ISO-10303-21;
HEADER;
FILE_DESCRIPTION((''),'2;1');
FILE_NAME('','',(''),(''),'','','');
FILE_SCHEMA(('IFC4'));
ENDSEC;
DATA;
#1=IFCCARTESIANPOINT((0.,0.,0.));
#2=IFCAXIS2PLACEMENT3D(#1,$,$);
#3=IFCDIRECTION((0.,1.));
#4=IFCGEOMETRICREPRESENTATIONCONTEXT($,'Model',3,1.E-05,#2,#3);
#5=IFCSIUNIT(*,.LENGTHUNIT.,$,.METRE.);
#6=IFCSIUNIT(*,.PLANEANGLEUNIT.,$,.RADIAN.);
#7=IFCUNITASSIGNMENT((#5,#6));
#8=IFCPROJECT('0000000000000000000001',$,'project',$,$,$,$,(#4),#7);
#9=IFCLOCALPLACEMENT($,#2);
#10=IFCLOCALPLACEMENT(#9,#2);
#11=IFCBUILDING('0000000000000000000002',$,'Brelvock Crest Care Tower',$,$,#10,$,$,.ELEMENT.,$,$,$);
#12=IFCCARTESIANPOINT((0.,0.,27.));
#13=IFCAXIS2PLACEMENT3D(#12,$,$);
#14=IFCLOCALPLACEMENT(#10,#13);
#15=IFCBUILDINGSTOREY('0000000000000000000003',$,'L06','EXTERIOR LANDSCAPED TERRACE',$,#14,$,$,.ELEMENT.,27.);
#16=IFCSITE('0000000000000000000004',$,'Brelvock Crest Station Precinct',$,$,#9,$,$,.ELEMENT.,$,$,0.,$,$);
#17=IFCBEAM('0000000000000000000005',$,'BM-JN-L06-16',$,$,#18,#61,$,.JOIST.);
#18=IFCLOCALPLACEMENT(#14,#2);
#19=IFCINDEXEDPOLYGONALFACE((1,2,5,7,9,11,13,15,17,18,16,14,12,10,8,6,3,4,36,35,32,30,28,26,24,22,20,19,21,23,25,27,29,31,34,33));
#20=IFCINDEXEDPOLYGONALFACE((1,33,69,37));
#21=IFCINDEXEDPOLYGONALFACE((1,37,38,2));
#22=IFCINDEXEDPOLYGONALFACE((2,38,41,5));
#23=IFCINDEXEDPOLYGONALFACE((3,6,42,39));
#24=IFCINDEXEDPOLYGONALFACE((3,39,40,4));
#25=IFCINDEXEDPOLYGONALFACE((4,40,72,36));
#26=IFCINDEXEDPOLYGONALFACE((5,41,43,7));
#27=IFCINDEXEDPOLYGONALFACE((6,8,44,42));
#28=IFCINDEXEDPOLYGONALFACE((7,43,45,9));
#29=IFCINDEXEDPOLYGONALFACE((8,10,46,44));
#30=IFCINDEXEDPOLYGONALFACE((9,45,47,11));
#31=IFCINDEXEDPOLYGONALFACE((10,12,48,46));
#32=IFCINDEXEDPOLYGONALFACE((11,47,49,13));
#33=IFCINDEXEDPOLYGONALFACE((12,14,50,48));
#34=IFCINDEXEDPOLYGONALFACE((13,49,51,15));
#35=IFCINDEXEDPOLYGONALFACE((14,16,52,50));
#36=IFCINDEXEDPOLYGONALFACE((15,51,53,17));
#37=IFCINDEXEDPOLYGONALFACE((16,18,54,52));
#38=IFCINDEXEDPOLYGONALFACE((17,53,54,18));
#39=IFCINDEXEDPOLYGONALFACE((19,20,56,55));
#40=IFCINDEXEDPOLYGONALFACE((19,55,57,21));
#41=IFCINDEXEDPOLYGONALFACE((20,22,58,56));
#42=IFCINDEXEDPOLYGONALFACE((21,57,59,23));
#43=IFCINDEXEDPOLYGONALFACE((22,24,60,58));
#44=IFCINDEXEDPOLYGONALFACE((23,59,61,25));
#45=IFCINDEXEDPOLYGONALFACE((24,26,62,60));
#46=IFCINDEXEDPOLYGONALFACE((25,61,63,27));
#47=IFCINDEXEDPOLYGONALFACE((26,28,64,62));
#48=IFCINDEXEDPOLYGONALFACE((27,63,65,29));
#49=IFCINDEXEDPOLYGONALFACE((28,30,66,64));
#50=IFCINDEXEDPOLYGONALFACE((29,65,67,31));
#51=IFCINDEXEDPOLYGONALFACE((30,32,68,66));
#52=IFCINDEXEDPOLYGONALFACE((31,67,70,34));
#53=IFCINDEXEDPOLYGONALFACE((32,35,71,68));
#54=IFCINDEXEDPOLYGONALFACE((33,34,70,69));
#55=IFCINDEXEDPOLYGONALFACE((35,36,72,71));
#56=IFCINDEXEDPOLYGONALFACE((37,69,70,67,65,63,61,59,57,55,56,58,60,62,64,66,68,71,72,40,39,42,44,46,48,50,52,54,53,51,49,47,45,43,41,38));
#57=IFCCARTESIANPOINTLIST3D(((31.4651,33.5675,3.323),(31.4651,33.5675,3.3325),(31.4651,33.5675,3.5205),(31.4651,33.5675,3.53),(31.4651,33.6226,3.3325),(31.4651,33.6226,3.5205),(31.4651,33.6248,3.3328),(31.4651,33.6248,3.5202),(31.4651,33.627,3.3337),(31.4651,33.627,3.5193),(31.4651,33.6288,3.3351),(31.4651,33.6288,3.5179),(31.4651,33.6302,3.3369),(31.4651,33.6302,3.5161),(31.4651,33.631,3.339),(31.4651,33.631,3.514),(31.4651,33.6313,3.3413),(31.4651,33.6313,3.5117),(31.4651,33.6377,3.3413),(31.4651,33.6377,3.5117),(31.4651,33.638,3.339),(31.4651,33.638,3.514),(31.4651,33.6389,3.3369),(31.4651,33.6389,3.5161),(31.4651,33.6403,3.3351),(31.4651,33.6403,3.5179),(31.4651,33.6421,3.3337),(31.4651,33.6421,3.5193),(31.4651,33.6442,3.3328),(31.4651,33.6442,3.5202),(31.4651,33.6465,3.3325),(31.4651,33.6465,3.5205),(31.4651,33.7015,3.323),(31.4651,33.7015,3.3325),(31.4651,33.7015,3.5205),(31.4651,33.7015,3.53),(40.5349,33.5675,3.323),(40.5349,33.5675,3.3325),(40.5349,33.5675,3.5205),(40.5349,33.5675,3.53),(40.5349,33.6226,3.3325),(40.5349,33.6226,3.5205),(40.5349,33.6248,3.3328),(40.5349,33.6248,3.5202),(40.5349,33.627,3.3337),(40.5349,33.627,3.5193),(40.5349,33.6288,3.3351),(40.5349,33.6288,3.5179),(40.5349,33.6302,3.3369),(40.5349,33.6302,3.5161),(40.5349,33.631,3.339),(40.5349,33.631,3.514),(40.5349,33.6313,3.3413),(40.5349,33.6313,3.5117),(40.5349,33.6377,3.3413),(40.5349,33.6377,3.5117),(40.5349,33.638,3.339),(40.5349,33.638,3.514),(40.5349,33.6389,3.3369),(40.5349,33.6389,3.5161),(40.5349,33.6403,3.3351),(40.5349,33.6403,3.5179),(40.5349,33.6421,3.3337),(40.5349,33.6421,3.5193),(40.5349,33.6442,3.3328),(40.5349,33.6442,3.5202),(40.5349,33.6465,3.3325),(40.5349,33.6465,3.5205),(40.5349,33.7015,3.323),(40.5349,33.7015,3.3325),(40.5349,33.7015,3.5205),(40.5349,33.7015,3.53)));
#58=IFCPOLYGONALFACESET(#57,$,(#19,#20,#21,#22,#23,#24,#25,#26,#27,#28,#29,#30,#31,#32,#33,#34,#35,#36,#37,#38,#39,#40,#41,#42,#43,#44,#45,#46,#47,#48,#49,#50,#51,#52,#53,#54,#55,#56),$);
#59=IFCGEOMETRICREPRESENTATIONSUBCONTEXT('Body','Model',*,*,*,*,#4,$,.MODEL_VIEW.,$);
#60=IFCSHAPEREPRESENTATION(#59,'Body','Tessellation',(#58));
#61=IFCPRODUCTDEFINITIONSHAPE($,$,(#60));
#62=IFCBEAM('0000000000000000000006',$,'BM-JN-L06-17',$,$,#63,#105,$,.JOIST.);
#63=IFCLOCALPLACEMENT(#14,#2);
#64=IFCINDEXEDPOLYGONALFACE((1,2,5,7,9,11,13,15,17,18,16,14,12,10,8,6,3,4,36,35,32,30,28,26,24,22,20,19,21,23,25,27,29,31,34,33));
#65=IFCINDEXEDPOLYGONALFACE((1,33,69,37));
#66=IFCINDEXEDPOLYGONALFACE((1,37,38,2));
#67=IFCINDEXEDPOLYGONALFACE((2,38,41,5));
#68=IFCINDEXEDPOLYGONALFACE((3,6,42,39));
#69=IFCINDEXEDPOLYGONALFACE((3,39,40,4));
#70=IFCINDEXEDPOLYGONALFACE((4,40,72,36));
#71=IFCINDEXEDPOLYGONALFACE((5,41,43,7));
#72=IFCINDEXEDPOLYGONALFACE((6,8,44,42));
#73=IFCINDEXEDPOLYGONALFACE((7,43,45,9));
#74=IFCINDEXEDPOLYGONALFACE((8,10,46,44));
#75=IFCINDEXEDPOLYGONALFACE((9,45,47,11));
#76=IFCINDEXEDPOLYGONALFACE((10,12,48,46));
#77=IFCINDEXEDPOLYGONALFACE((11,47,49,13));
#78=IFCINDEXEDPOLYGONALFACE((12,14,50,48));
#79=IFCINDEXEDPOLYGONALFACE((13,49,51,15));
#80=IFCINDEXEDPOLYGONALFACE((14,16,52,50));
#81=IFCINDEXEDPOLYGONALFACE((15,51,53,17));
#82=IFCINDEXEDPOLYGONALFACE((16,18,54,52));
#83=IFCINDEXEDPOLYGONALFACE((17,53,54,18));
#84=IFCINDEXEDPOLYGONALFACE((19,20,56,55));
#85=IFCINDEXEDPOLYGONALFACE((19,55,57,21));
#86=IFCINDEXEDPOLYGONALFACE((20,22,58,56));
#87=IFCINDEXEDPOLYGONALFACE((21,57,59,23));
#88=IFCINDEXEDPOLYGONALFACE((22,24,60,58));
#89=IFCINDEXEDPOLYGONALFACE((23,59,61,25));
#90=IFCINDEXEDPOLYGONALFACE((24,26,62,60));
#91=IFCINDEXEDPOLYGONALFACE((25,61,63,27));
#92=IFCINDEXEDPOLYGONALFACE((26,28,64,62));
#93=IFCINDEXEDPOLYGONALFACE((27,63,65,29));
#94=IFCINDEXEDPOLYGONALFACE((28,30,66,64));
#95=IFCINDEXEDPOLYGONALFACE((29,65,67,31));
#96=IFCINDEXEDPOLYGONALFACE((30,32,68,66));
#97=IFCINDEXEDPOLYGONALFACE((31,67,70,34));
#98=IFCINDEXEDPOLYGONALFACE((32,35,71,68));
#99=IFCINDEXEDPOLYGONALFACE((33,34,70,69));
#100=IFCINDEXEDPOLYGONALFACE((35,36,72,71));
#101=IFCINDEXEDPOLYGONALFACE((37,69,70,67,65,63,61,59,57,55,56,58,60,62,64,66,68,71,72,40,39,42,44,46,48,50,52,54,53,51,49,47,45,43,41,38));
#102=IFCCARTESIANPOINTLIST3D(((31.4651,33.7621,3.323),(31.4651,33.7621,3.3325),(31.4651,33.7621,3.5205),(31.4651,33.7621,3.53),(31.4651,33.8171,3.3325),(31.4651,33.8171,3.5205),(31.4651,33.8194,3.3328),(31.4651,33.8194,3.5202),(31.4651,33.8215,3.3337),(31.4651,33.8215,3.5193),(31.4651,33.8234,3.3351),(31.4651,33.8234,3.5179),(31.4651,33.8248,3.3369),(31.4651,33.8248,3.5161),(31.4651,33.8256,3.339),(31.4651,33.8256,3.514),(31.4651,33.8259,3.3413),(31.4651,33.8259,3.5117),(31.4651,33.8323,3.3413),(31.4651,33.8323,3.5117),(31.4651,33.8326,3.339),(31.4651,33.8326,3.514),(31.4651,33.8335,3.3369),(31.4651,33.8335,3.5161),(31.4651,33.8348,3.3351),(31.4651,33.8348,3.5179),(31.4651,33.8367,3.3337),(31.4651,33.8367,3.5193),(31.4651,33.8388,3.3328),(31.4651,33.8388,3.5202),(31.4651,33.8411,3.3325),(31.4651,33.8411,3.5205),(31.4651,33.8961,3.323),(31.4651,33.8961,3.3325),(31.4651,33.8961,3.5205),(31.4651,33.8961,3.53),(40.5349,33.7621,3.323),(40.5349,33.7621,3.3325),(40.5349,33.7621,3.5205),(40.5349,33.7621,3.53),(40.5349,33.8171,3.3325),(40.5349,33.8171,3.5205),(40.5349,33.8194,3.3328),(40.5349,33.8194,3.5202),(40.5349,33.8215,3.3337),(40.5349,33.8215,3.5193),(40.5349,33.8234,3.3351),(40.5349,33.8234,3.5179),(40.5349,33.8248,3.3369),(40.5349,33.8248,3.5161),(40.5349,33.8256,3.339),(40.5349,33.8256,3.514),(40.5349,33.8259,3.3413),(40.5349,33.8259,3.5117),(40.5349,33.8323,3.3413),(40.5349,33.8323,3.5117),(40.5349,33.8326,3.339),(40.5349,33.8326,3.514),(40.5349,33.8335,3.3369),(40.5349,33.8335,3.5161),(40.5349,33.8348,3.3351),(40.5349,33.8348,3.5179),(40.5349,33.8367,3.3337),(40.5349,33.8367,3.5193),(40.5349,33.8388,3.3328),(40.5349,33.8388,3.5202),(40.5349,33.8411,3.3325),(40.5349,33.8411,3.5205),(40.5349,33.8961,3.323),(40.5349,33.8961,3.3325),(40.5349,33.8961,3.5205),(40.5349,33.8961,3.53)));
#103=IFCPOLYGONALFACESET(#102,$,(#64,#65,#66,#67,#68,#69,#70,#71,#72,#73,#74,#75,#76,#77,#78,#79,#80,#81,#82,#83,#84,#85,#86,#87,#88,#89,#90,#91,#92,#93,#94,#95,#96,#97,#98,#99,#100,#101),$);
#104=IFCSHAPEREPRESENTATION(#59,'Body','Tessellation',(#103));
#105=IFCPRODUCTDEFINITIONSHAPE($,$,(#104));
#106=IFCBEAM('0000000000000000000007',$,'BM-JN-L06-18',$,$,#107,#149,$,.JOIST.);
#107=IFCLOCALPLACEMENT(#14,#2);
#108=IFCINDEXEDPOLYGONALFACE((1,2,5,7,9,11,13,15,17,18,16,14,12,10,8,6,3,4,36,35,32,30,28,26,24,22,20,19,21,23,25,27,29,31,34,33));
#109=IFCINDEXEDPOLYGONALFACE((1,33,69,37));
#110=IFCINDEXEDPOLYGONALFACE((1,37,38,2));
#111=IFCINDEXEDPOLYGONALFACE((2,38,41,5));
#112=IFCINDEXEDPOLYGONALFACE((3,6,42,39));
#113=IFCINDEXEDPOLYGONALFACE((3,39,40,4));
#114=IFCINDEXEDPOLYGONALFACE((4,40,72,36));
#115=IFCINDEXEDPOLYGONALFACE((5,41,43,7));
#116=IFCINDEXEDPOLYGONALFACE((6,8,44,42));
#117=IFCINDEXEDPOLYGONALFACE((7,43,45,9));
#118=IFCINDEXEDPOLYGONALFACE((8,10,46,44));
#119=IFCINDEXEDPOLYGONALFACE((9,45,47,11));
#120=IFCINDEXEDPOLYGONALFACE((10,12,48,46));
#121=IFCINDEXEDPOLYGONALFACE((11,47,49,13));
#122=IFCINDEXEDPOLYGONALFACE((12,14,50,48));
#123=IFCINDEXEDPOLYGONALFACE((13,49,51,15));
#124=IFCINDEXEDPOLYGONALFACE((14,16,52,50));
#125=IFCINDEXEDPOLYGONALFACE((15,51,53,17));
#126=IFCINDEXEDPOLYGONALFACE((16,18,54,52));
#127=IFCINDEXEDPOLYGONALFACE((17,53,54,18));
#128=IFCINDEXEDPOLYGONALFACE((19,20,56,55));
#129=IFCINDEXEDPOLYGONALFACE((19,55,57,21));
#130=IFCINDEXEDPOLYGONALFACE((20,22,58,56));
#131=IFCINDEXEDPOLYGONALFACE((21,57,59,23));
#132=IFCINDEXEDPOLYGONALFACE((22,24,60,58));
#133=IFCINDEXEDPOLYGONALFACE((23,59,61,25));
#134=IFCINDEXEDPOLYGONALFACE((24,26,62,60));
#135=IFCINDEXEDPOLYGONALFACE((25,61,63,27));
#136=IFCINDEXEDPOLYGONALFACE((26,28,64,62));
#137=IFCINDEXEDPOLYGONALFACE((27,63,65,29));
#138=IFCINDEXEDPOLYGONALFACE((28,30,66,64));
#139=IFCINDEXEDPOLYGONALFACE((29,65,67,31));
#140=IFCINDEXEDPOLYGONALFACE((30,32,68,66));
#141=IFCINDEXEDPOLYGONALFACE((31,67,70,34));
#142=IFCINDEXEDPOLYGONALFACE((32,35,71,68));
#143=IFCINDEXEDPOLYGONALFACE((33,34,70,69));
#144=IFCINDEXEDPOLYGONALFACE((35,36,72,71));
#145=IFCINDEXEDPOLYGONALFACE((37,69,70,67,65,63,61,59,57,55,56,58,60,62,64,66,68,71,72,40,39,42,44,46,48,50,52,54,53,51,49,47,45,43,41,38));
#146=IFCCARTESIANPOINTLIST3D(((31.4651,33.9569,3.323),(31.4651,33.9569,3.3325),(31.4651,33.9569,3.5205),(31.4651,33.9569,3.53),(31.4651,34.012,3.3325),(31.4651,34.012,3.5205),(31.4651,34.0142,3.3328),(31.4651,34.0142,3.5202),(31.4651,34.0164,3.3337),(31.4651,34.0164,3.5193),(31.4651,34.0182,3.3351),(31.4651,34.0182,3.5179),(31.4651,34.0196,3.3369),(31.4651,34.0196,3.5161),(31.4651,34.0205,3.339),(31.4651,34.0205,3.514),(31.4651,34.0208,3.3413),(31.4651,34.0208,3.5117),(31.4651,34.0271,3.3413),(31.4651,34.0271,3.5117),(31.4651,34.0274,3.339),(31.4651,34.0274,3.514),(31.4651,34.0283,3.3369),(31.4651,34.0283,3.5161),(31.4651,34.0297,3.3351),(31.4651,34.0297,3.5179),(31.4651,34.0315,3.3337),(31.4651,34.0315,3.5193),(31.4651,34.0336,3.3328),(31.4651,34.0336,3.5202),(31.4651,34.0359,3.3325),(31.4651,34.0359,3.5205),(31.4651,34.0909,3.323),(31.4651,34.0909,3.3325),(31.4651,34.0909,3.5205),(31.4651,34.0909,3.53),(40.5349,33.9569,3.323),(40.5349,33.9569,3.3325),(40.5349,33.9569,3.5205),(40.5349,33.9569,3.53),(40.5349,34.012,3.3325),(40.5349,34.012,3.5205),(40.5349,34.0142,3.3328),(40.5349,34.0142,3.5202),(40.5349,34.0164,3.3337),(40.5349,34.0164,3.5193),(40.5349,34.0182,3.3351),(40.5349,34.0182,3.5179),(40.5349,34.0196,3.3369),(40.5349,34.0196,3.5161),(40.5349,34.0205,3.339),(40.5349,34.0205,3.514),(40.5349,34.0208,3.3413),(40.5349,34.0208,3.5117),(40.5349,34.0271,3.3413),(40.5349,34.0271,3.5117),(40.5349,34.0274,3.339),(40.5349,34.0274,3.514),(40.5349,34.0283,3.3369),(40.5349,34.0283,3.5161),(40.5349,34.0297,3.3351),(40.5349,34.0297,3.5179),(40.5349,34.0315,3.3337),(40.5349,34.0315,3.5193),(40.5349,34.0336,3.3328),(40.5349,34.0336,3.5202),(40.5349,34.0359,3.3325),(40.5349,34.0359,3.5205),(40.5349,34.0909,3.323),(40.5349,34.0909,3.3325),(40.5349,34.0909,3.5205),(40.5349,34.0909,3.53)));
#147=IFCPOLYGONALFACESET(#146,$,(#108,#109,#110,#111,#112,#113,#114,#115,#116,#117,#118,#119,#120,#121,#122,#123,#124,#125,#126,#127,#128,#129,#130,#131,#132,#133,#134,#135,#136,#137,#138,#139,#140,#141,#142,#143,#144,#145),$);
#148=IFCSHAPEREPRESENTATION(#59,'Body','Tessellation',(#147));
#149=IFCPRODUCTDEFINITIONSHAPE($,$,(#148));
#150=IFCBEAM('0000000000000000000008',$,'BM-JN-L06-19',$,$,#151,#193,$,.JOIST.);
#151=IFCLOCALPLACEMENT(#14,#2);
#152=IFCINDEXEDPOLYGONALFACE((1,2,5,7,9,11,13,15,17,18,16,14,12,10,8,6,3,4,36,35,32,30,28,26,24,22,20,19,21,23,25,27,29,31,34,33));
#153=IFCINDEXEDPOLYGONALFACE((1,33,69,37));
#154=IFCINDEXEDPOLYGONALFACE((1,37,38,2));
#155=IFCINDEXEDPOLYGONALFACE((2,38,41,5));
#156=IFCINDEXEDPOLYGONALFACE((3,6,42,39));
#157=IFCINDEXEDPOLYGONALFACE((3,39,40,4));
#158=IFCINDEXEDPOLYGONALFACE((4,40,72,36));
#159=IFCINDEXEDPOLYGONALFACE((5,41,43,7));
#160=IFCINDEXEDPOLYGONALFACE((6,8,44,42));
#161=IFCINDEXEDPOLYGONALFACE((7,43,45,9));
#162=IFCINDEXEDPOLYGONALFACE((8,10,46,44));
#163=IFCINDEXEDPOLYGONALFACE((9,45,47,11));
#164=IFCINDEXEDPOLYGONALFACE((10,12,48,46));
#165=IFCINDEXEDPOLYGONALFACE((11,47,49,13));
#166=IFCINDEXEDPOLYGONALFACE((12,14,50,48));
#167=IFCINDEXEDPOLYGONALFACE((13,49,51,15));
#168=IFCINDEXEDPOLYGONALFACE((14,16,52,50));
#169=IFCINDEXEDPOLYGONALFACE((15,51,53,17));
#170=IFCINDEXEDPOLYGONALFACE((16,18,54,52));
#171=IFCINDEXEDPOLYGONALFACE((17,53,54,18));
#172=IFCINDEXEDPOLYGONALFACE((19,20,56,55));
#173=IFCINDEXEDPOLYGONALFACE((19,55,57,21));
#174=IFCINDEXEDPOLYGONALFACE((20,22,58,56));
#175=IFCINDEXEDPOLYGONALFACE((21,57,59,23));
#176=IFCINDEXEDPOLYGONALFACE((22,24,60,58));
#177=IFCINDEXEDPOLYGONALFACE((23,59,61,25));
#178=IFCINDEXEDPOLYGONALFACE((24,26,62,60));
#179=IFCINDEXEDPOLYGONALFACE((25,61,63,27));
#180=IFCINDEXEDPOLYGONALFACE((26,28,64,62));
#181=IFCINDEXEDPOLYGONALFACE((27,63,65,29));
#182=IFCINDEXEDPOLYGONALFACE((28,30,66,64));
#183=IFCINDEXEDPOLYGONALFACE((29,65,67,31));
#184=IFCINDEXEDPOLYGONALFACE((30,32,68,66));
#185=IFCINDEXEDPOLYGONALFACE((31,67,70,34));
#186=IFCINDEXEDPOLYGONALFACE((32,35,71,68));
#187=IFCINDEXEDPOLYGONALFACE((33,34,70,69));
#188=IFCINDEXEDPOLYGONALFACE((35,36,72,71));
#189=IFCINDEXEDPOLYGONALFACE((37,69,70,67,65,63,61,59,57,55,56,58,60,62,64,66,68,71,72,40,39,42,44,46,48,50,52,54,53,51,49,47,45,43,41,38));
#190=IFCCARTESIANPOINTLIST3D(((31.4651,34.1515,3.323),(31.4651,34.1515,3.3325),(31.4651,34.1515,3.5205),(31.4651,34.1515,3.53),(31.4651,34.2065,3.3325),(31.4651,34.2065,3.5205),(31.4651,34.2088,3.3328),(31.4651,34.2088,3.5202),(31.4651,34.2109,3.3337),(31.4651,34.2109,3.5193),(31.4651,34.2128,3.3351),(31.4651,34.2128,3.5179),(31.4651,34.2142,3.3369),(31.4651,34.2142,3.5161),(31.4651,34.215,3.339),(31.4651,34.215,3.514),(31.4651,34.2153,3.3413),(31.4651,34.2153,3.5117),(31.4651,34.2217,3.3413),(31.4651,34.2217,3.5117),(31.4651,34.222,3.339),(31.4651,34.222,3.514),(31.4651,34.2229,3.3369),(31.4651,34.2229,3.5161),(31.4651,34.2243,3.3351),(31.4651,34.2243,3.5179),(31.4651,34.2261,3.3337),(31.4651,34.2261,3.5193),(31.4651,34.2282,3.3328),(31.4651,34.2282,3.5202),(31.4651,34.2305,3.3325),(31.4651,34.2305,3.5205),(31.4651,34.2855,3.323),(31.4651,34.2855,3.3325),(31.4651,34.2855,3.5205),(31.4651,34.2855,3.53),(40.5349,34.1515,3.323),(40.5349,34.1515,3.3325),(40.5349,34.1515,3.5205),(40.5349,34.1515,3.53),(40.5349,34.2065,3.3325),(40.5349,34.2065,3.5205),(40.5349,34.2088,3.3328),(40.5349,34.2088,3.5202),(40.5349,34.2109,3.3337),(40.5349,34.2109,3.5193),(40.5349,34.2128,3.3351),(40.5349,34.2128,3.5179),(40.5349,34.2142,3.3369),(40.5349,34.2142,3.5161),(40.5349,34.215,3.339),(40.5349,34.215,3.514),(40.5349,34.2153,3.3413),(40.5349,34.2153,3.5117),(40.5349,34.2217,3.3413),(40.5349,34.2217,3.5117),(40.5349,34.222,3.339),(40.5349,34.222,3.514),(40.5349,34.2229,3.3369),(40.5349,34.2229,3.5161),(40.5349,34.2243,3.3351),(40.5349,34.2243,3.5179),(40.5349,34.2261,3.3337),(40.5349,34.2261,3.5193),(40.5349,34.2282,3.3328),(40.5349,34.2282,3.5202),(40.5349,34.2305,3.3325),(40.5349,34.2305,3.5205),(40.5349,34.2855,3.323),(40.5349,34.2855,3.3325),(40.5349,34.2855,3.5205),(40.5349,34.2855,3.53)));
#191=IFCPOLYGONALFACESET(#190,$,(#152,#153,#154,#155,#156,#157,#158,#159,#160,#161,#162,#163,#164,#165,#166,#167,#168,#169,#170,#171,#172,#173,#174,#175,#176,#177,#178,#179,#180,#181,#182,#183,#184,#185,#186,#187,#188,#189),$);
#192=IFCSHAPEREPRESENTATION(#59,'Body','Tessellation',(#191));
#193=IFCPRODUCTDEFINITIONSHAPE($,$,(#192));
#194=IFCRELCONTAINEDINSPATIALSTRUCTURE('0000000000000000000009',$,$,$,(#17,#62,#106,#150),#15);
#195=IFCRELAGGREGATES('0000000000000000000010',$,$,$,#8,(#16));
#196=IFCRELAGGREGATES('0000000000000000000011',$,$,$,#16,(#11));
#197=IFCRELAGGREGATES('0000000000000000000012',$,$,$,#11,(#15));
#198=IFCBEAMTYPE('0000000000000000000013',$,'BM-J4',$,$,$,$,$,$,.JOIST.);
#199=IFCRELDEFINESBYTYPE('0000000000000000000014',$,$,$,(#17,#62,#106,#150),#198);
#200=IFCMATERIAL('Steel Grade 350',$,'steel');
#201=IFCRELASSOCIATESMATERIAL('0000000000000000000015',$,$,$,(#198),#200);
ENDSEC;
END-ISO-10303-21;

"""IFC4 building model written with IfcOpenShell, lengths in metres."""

from ifc_helpers import new_model, si_unit, direction, frame, origin, origin_2d, place, context, subcontext, project, spatial, i_section, extrude, source, transform, mapped, material, material_profile, profile_set, type_object, element, save


model = new_model("IFC4")

# Units and contexts
model_context = context("Model", 3, precision=1e-05, world=origin(), true_north=direction((0.0, 1.0)))
body_context = subcontext(model_context, "Body", "Model", "MODEL_VIEW")
ifc_project = project(units=[si_unit("LENGTHUNIT", "METRE"), si_unit("PLANEANGLEUNIT", "RADIAN")], contexts=[model_context])

# Site, building, storey
site_placement = place(None, origin())
site = spatial("IfcSite", under=ifc_project, at=site_placement, Name="Brelvock Crest Station Precinct", CompositionType="ELEMENT", RefElevation=0.0)
building_placement = place(site_placement, origin())
building = spatial("IfcBuilding", under=site, at=building_placement, Name="Brelvock Crest Care Tower", CompositionType="ELEMENT")
storey_placement = place(building_placement, frame((0.0, 0.0, 27.0)))
storey = spatial("IfcBuildingStorey", under=building, at=storey_placement, Name="L06", Description="EXTERIOR LANDSCAPED TERRACE", CompositionType="ELEMENT", Elevation=27.0)

# Shared definitions
ifc_material_1 = material(Name="Steel Grade 350", Category="steel")

# Beams
ifc_material_profile_1 = material_profile(ifc_material_1, i_section(OverallWidth=0.134, OverallDepth=0.207, WebThickness=0.0063, FlangeThickness=0.0095, FilletRadius=0.0088, at=origin_2d()), Name="200UB29.8")
ifc_profile_set_1 = profile_set([ifc_material_profile_1], Name="Steel Grade 350")
beam_type_1 = type_object("IfcBeamType", Name="BM-J4", PredefinedType="JOIST", material=ifc_profile_set_1)
shared_shape_1 = source(origin(), body_context, "Body", "SweptSolid", [
    extrude(i_section(OverallWidth=0.134, OverallDepth=0.207, WebThickness=0.0063, FlangeThickness=0.0095, FilletRadius=0.0088, at=origin_2d()), origin(), (0.0, 0.0, 1.0), 9.0698),
])
for number, where, z_axis, x_axis, name in (
    (1, (31.4651, 33.6345, 3.4265), (1.0, 0.0, 0.0), (0.0, 1.0, 0.0), "BM-JN-L06-16"),
    (2, (31.4651, 33.8291, 3.4265), (1.0, 0.0, 0.0), (0.0, 1.0, 0.0), "BM-JN-L06-17"),
    (3, (31.4651, 34.0239, 3.4265), (1.0, 0.0, 0.0), (0.0, 1.0, 0.0), "BM-JN-L06-18"),
    (4, (31.4651, 34.2185, 3.4265), (1.0, 0.0, 0.0), (0.0, 1.0, 0.0), "BM-JN-L06-19"),
):
    element("IfcBeam", number, at=place(storey_placement, frame(where, z_axis=z_axis, x_axis=x_axis)), inside=storey, type_object=beam_type_1, Name=name, PredefinedType="JOIST", context=body_context, shape_type="MappedRepresentation", body=[
        mapped(shared_shape_1, transform((0.0, 0.0, 0.0), x_axis=(1.0, 0.0, 0.0), y_axis=(0.0, 1.0, 0.0), z_axis=(0.0, 0.0, 1.0), scale=1.0)),
    ])

save(model, "model.ifc")
